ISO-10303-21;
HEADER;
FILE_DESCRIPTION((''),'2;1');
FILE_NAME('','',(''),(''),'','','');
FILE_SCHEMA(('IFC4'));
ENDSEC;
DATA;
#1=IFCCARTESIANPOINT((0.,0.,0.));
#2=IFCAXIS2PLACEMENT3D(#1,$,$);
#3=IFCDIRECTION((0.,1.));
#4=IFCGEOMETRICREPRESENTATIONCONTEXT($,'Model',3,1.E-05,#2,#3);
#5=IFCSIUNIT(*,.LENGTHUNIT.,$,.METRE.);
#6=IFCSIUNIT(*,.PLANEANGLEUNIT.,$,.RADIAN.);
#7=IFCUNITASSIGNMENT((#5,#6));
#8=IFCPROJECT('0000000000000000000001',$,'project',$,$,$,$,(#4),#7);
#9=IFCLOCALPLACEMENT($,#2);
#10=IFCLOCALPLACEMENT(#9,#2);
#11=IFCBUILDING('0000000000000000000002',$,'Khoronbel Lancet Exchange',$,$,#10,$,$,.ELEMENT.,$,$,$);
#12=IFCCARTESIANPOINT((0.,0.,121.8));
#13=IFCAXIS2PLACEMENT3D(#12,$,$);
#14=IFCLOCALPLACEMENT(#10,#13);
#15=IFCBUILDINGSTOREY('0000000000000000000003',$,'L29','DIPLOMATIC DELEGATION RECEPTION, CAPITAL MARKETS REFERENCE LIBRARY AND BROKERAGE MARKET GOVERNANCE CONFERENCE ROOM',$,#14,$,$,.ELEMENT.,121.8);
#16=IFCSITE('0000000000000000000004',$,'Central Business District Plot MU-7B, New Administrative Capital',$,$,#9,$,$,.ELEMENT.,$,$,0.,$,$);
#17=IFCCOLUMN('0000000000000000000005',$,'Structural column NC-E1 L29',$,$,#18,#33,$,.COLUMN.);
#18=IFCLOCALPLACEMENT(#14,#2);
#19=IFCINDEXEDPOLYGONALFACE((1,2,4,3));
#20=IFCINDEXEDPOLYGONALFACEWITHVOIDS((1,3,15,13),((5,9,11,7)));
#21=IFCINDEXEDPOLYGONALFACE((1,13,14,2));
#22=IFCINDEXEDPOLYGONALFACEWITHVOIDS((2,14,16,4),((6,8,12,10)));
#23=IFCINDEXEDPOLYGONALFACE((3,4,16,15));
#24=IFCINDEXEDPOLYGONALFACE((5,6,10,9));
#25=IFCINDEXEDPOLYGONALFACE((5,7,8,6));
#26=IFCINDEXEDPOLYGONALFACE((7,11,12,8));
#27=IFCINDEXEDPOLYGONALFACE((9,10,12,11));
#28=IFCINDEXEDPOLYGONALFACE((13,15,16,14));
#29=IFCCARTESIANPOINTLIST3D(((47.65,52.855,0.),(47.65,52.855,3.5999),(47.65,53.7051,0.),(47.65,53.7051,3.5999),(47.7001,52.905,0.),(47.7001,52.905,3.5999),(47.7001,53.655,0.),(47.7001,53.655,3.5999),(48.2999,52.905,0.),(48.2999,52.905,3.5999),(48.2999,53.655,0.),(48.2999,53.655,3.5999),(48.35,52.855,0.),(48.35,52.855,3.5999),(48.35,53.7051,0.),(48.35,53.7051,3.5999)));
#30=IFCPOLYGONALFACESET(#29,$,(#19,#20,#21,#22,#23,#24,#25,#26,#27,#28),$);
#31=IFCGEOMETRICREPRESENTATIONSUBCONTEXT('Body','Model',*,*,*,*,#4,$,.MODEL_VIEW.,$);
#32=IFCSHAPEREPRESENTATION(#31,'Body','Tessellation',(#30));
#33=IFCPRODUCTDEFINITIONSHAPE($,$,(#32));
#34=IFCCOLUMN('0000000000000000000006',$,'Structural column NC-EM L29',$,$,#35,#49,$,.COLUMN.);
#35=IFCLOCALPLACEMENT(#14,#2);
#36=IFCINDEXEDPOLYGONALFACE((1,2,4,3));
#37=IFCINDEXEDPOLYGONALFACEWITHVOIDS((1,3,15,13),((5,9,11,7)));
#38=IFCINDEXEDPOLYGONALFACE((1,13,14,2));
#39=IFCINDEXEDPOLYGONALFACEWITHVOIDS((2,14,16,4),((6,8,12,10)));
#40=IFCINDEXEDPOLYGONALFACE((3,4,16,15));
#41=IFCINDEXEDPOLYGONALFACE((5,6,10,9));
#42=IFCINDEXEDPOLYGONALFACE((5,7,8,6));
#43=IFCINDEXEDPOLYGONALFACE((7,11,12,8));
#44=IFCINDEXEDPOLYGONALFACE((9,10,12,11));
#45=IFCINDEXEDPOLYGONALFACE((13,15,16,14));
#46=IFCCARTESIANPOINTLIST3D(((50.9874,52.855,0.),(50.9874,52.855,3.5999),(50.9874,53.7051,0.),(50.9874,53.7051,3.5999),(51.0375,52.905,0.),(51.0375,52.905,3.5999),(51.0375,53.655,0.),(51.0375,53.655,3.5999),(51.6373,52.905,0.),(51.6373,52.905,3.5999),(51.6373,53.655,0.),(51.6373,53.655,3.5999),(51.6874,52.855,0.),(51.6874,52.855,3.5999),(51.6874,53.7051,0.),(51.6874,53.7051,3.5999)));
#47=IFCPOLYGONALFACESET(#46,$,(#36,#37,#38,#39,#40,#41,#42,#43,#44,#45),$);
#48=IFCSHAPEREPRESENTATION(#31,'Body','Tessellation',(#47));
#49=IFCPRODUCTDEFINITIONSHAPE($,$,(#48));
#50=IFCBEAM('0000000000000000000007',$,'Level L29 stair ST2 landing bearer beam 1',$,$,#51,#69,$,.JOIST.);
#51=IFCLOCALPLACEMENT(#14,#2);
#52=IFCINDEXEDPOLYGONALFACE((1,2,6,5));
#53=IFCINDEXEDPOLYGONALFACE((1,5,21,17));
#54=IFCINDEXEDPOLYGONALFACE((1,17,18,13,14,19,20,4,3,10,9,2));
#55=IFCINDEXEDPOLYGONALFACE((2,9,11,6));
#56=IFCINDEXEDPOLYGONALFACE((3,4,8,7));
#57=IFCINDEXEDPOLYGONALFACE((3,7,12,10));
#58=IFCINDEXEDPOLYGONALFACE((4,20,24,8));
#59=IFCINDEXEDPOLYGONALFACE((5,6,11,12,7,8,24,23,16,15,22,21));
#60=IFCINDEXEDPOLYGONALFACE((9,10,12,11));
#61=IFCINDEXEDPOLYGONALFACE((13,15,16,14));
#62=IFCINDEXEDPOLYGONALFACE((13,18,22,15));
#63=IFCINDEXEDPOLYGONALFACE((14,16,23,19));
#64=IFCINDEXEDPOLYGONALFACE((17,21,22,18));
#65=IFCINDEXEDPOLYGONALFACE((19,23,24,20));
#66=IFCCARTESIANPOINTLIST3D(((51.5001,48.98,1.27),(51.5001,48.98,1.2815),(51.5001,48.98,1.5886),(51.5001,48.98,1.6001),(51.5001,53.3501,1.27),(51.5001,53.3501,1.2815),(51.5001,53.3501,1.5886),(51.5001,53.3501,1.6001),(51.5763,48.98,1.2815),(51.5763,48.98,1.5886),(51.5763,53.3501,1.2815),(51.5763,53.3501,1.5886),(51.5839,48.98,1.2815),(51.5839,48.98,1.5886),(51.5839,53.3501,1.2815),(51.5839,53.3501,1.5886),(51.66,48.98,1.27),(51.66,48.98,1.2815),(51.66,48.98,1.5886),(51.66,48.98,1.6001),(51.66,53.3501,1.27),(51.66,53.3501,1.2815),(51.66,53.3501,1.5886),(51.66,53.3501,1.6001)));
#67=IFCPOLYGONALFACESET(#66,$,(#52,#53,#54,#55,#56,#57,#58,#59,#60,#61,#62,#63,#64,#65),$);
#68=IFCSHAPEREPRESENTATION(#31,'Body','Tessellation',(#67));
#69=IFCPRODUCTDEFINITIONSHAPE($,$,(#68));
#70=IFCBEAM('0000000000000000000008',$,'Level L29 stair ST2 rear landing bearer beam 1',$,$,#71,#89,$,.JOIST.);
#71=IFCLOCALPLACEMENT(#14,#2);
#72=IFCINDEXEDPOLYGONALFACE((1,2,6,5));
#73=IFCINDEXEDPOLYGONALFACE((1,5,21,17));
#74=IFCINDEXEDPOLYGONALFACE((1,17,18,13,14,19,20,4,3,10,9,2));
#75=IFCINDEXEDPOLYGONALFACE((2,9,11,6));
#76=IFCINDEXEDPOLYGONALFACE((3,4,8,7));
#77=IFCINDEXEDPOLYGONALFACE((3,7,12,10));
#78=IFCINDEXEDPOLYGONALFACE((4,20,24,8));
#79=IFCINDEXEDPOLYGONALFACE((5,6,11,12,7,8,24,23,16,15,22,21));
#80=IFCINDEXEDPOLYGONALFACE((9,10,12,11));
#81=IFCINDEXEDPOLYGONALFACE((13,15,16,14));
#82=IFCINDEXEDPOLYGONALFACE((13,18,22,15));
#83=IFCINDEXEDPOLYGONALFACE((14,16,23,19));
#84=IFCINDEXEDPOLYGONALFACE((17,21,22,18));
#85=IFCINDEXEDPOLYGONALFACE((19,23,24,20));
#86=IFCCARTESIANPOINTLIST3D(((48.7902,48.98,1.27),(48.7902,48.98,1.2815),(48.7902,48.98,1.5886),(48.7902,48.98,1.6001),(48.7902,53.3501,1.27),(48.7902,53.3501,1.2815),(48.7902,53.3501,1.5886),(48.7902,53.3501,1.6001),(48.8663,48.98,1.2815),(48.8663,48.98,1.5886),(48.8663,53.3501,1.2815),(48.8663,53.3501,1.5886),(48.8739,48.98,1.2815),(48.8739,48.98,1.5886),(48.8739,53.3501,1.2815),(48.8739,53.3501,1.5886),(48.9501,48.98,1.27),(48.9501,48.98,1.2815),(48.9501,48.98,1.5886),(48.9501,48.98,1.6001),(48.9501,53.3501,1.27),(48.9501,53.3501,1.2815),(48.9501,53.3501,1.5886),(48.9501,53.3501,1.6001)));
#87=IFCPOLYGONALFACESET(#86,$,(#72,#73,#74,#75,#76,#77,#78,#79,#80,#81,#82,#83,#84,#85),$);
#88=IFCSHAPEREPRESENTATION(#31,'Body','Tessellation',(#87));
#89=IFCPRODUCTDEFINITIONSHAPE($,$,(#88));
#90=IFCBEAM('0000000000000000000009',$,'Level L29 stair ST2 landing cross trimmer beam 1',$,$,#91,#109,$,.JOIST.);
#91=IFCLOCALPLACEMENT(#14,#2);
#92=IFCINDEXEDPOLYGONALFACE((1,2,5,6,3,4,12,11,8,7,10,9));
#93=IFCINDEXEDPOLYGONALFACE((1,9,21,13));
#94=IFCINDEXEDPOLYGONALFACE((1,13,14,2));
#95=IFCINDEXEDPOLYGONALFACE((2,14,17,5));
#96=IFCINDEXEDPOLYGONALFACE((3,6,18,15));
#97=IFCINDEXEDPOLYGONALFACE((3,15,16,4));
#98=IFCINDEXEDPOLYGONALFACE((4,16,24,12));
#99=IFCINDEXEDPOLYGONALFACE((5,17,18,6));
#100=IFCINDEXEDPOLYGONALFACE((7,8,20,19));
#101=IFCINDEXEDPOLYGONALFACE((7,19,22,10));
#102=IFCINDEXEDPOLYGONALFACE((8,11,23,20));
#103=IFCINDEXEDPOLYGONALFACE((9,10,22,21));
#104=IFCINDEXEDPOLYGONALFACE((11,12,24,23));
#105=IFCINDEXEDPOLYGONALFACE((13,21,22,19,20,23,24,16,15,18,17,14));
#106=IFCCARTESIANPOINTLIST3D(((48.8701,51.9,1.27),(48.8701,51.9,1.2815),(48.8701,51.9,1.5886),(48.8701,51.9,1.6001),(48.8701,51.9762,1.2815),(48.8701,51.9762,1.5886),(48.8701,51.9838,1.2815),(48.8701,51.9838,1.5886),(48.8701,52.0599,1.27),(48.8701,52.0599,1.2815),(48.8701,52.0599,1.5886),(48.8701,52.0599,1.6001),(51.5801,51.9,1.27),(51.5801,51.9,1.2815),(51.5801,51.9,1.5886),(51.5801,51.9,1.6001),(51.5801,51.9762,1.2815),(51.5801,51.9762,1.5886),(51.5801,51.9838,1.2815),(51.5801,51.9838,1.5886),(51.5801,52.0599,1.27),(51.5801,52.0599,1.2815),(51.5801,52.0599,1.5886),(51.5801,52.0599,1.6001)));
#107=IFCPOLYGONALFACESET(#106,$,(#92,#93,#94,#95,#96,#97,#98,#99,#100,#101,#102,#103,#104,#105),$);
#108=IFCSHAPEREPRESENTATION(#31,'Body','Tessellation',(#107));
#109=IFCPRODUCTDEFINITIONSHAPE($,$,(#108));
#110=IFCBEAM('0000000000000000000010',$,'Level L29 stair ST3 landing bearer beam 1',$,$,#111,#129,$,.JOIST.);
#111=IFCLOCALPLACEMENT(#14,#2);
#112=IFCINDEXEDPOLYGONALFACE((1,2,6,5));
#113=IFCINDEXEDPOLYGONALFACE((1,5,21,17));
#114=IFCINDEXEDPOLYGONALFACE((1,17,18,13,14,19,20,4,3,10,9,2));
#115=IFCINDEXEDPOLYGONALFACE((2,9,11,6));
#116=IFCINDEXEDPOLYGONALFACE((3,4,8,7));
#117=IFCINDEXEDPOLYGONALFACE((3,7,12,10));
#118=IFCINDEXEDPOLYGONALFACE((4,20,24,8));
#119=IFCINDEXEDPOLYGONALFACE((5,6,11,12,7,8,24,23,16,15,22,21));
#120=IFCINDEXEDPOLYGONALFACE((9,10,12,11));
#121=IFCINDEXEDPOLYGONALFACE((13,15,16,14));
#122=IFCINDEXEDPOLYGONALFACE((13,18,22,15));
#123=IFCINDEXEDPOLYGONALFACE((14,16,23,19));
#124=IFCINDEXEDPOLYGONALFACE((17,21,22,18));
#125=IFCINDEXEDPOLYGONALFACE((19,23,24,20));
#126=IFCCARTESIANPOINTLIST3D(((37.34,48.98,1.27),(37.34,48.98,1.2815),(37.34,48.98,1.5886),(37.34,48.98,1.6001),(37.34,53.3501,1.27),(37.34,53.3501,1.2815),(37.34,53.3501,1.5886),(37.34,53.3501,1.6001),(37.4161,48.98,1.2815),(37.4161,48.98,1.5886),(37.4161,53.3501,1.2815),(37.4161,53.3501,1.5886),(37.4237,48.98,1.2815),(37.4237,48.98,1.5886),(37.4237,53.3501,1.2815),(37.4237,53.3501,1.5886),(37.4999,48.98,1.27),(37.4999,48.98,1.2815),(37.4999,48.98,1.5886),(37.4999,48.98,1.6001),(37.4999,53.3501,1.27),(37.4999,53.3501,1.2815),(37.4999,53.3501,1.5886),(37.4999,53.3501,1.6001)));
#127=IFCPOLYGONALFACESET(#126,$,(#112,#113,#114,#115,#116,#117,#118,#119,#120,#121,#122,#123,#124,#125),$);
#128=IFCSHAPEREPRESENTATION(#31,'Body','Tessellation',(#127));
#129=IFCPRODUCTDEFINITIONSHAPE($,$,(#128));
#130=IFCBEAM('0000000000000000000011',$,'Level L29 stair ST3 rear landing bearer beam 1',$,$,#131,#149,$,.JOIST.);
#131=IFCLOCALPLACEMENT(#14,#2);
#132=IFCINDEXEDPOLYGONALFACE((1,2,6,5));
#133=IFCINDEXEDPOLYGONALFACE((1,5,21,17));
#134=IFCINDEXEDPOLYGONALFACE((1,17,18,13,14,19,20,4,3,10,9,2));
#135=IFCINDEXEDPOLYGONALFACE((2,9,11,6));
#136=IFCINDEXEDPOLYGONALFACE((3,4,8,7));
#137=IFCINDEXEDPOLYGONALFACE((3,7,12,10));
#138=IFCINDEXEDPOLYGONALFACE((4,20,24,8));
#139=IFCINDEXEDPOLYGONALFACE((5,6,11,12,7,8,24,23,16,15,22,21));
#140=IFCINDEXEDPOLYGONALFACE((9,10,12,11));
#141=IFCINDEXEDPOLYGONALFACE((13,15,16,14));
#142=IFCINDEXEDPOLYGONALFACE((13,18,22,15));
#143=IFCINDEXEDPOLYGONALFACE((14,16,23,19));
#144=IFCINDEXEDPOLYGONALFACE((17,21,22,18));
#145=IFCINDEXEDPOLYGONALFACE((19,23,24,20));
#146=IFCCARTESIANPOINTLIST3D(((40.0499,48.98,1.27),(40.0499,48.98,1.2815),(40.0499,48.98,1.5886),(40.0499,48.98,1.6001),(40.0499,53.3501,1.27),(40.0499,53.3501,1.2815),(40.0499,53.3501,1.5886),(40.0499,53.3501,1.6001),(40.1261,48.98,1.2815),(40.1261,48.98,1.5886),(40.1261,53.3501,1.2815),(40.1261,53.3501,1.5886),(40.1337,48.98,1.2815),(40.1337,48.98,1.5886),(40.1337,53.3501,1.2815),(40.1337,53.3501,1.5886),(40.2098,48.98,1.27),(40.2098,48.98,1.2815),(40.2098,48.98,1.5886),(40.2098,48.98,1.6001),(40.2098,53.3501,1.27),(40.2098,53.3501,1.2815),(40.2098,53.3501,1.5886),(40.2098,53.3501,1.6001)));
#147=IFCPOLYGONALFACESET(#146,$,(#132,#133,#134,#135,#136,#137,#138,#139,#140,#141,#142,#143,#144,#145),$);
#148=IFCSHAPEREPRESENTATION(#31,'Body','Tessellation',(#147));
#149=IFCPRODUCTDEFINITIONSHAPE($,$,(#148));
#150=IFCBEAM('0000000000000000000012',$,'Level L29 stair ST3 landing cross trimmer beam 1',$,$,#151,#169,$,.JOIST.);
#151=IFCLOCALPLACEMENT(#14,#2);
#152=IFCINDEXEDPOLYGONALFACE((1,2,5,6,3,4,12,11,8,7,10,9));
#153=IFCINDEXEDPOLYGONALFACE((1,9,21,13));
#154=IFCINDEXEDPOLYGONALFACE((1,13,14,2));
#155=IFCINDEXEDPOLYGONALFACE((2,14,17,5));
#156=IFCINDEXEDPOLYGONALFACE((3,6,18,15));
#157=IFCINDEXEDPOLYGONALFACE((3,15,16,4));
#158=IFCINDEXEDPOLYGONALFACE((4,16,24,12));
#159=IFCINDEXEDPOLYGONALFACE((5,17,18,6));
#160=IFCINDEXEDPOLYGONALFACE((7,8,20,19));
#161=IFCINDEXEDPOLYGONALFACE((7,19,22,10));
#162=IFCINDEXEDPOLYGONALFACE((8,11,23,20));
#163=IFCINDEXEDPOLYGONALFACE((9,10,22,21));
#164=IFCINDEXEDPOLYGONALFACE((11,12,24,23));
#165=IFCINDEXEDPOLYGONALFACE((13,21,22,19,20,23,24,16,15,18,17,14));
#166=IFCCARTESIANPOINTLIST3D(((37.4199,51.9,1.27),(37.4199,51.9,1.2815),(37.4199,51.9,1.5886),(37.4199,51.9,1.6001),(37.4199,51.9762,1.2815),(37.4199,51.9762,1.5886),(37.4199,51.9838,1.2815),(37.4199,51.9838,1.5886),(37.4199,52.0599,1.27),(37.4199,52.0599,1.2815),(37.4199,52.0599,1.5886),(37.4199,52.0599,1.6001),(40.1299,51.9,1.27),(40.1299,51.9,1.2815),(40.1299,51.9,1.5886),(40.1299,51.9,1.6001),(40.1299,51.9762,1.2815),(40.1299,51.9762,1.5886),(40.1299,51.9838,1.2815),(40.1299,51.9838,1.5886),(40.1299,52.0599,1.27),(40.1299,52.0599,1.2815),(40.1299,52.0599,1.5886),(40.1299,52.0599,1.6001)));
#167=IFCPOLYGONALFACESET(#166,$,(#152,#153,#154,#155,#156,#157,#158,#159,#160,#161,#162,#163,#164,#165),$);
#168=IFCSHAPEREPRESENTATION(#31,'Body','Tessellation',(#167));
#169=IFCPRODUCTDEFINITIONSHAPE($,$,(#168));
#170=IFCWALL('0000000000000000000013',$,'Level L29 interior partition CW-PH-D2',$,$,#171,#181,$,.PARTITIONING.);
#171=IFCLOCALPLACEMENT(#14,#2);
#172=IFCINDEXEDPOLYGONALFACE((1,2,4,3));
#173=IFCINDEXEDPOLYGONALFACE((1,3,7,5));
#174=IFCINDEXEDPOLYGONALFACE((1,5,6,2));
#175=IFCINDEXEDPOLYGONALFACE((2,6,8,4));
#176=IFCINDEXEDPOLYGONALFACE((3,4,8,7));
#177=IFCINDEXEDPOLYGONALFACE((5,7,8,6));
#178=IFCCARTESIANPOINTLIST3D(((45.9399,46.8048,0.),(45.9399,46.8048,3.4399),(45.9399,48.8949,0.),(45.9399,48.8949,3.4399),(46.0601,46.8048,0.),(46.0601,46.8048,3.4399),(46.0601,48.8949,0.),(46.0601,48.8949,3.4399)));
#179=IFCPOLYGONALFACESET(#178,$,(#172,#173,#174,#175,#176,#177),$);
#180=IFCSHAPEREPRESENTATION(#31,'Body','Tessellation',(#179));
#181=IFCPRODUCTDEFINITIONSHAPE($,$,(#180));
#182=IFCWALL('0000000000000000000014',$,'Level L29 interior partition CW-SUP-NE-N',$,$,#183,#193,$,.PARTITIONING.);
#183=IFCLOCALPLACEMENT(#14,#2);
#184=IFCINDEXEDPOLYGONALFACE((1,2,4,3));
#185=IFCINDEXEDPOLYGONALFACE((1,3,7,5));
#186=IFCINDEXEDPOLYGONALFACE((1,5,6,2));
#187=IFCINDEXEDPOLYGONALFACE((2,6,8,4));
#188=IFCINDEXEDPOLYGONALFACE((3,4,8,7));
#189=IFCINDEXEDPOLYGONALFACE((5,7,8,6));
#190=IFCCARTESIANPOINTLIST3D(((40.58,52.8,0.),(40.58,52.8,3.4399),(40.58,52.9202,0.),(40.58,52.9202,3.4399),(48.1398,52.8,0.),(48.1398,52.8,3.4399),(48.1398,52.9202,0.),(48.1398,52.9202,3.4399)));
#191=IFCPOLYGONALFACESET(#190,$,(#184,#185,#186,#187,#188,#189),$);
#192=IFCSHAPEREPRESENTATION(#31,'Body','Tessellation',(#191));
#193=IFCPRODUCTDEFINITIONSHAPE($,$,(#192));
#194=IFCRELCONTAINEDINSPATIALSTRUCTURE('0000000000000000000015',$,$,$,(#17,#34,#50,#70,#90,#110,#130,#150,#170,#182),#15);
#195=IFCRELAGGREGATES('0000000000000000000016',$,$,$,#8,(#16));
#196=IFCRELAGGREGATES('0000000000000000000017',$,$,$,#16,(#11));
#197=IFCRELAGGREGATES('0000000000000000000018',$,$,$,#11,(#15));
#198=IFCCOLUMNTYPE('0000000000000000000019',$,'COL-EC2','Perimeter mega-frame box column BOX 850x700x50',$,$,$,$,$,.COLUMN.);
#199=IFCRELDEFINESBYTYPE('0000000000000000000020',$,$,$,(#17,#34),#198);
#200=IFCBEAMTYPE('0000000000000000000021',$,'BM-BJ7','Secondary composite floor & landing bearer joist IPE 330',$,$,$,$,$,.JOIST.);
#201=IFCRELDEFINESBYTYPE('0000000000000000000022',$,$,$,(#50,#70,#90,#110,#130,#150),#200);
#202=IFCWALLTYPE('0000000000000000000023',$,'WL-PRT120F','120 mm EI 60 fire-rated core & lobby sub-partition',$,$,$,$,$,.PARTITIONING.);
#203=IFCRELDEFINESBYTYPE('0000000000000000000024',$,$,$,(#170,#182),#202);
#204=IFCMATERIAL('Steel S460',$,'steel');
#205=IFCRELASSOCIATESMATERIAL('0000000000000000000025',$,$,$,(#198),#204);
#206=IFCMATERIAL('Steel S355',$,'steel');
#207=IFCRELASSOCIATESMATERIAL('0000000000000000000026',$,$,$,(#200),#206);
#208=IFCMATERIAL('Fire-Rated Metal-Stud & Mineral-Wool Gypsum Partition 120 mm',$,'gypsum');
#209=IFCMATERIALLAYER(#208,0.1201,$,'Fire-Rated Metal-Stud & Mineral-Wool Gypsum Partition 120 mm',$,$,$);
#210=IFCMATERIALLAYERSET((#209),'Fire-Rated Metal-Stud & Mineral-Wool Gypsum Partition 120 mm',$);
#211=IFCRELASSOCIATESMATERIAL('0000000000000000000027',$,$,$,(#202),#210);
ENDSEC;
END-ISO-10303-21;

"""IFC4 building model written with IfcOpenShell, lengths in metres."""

from ifc_helpers import new_model, si_unit, direction, frame, frame_2d, origin, origin_2d, place, context, subcontext, project, spatial, rectangle, hollow_rectangle, i_section, extrude, material, layer, layer_set, material_profile, profile_set, type_object, element, save


model = new_model("IFC4")

# Units and contexts
model_context = context("Model", 3, precision=1e-05, world=origin(), true_north=direction((0.0, 1.0)))
body_context = subcontext(model_context, "Body", "Model", "MODEL_VIEW")
ifc_project = project(units=[si_unit("LENGTHUNIT", "METRE"), si_unit("PLANEANGLEUNIT", "RADIAN")], contexts=[model_context])

# Site, building, storey
site_placement = place(None, origin())
site = spatial("IfcSite", under=ifc_project, at=site_placement, Name="Central Business District Plot MU-7B, New Administrative Capital", CompositionType="ELEMENT", RefElevation=0.0)
building_placement = place(site_placement, origin())
building = spatial("IfcBuilding", under=site, at=building_placement, Name="Khoronbel Lancet Exchange", CompositionType="ELEMENT")
storey_placement = place(building_placement, frame((0.0, 0.0, 121.8)))
storey = spatial("IfcBuildingStorey", under=building, at=storey_placement, Name="L29", Description="DIPLOMATIC DELEGATION RECEPTION, CAPITAL MARKETS REFERENCE LIBRARY AND BROKERAGE MARKET GOVERNANCE CONFERENCE ROOM", CompositionType="ELEMENT", Elevation=121.8)

# Columns
ifc_material_1 = material(Name="Steel S460", Category="steel")
ifc_material_profile_1 = material_profile(ifc_material_1, hollow_rectangle(XDim=0.7, YDim=0.8501, WallThickness=0.05, at=origin_2d()), Name="BOX 850x700x50")
ifc_profile_set_1 = profile_set([ifc_material_profile_1], Name="Steel S460")
column_type = type_object("IfcColumnType", Name="COL-EC2", Description="Perimeter mega-frame box column BOX 850x700x50", PredefinedType="COLUMN", material=ifc_profile_set_1)
for number, where, z_axis, x_axis, name in (
    (1, (48.0, 53.28, 0.0), (0.0, 0.0, 1.0), (1.0, 0.0, 0.0), "Structural column NC-E1 L29"),
    (2, (51.3374, 53.28, 0.0), (0.0, 0.0, 1.0), (1.0, 0.0, 0.0), "Structural column NC-EM L29"),
):
    element("IfcColumn", number, at=place(storey_placement, frame(where, z_axis=z_axis, x_axis=x_axis)), inside=storey, type_object=column_type, Name=name, PredefinedType="COLUMN", context=body_context, shape_type="SweptSolid", body=[
        extrude(hollow_rectangle(XDim=0.7, YDim=0.8501, WallThickness=0.05, at=origin_2d()), origin(), (0.0, 0.0, 1.0), 3.5999),
    ])

# Beams
ifc_material_2 = material(Name="Steel S355", Category="steel")
ifc_material_profile_2 = material_profile(ifc_material_2, i_section(OverallWidth=0.1599, OverallDepth=0.3301, WebThickness=0.0076, FlangeThickness=0.0115, at=origin_2d()), Name="IPE 330")
ifc_profile_set_2 = profile_set([ifc_material_profile_2], Name="Steel S355")
beam_type = type_object("IfcBeamType", Name="BM-BJ7", Description="Secondary composite floor & landing bearer joist IPE 330", PredefinedType="JOIST", material=ifc_profile_set_2)
for number, where, z_axis, x_axis, name in (
    (3, (51.5801, 48.98, 1.4351), (0.0, 1.0, 0.0), (-1.0, 0.0, 0.0), "Level L29 stair ST2 landing bearer beam 1"),
    (4, (48.8701, 48.98, 1.4351), (0.0, 1.0, 0.0), (-1.0, 0.0, 0.0), "Level L29 stair ST2 rear landing bearer beam 1"),
):
    element("IfcBeam", number, at=place(storey_placement, frame(where, z_axis=z_axis, x_axis=x_axis)), inside=storey, type_object=beam_type, Name=name, PredefinedType="JOIST", context=body_context, shape_type="SweptSolid", body=[
        extrude(i_section(OverallWidth=0.1599, OverallDepth=0.3301, WebThickness=0.0076, FlangeThickness=0.0115, at=origin_2d()), origin(), (0.0, 0.0, 1.0), 4.3701),
    ])
beam_1_placement = place(storey_placement, frame((48.8701, 51.98, 1.4351), z_axis=(1.0, 0.0, 0.0), x_axis=(0.0, 1.0, 0.0)))
element("IfcBeam", 5, at=beam_1_placement, inside=storey, type_object=beam_type, Name="Level L29 stair ST2 landing cross trimmer beam 1", PredefinedType="JOIST", context=body_context, shape_type="SweptSolid", body=[
    extrude(i_section(OverallWidth=0.1599, OverallDepth=0.3301, WebThickness=0.0076, FlangeThickness=0.0115, at=origin_2d()), origin(), (0.0, 0.0, 1.0), 2.71),
])
for number, where, z_axis, x_axis, name in (
    (6, (37.4199, 48.98, 1.4351), (0.0, 1.0, 0.0), (-1.0, 0.0, 0.0), "Level L29 stair ST3 landing bearer beam 1"),
    (7, (40.1299, 48.98, 1.4351), (0.0, 1.0, 0.0), (-1.0, 0.0, 0.0), "Level L29 stair ST3 rear landing bearer beam 1"),
):
    element("IfcBeam", number, at=place(storey_placement, frame(where, z_axis=z_axis, x_axis=x_axis)), inside=storey, type_object=beam_type, Name=name, PredefinedType="JOIST", context=body_context, shape_type="SweptSolid", body=[
        extrude(i_section(OverallWidth=0.1599, OverallDepth=0.3301, WebThickness=0.0076, FlangeThickness=0.0115, at=origin_2d()), origin(), (0.0, 0.0, 1.0), 4.3701),
    ])
beam_2_placement = place(storey_placement, frame((37.4199, 51.98, 1.4351), z_axis=(1.0, 0.0, 0.0), x_axis=(0.0, 1.0, 0.0)))
element("IfcBeam", 8, at=beam_2_placement, inside=storey, type_object=beam_type, Name="Level L29 stair ST3 landing cross trimmer beam 1", PredefinedType="JOIST", context=body_context, shape_type="SweptSolid", body=[
    extrude(i_section(OverallWidth=0.1599, OverallDepth=0.3301, WebThickness=0.0076, FlangeThickness=0.0115, at=origin_2d()), origin(), (0.0, 0.0, 1.0), 2.71),
])

# Walls
ifc_material_3 = material(Name="Fire-Rated Metal-Stud & Mineral-Wool Gypsum Partition 120 mm", Category="gypsum")
ifc_layer_1 = layer(ifc_material_3, 0.1201, Name="Fire-Rated Metal-Stud & Mineral-Wool Gypsum Partition 120 mm")
ifc_layer_set_1 = layer_set([ifc_layer_1], Name="Fire-Rated Metal-Stud & Mineral-Wool Gypsum Partition 120 mm")
wall_type_1 = type_object("IfcWallType", Name="WL-PRT120F", Description="120 mm EI 60 fire-rated core & lobby sub-partition", PredefinedType="PARTITIONING", material=ifc_layer_set_1)
wall_1_placement = place(storey_placement, frame((46.0, 46.8049, 0.0), z_axis=(0.0, 0.0, 1.0), x_axis=(0.0, 1.0, 0.0)))
element("IfcWall", 9, at=wall_1_placement, inside=storey, type_object=wall_type_1, Name="Level L29 interior partition CW-PH-D2", PredefinedType="PARTITIONING", context=body_context, shape_type="SweptSolid", body=[
    extrude(rectangle(XDim=2.0901, YDim=0.1201, at=frame_2d((1.0449, 0.0))), origin(), (0.0, 0.0, 1.0), 3.4399),
])
wall_2_placement = place(storey_placement, frame((40.5801, 52.8601, 0.0), z_axis=(0.0, 0.0, 1.0), x_axis=(1.0, 0.0, 0.0)))
element("IfcWall", 10, at=wall_2_placement, inside=storey, type_object=wall_type_1, Name="Level L29 interior partition CW-SUP-NE-N", PredefinedType="PARTITIONING", context=body_context, shape_type="SweptSolid", body=[
    extrude(rectangle(XDim=7.5598, YDim=0.1201, at=frame_2d((3.7798, 0.0))), origin(), (0.0, 0.0, 1.0), 3.4399),
])

save(model, "model.ifc")
